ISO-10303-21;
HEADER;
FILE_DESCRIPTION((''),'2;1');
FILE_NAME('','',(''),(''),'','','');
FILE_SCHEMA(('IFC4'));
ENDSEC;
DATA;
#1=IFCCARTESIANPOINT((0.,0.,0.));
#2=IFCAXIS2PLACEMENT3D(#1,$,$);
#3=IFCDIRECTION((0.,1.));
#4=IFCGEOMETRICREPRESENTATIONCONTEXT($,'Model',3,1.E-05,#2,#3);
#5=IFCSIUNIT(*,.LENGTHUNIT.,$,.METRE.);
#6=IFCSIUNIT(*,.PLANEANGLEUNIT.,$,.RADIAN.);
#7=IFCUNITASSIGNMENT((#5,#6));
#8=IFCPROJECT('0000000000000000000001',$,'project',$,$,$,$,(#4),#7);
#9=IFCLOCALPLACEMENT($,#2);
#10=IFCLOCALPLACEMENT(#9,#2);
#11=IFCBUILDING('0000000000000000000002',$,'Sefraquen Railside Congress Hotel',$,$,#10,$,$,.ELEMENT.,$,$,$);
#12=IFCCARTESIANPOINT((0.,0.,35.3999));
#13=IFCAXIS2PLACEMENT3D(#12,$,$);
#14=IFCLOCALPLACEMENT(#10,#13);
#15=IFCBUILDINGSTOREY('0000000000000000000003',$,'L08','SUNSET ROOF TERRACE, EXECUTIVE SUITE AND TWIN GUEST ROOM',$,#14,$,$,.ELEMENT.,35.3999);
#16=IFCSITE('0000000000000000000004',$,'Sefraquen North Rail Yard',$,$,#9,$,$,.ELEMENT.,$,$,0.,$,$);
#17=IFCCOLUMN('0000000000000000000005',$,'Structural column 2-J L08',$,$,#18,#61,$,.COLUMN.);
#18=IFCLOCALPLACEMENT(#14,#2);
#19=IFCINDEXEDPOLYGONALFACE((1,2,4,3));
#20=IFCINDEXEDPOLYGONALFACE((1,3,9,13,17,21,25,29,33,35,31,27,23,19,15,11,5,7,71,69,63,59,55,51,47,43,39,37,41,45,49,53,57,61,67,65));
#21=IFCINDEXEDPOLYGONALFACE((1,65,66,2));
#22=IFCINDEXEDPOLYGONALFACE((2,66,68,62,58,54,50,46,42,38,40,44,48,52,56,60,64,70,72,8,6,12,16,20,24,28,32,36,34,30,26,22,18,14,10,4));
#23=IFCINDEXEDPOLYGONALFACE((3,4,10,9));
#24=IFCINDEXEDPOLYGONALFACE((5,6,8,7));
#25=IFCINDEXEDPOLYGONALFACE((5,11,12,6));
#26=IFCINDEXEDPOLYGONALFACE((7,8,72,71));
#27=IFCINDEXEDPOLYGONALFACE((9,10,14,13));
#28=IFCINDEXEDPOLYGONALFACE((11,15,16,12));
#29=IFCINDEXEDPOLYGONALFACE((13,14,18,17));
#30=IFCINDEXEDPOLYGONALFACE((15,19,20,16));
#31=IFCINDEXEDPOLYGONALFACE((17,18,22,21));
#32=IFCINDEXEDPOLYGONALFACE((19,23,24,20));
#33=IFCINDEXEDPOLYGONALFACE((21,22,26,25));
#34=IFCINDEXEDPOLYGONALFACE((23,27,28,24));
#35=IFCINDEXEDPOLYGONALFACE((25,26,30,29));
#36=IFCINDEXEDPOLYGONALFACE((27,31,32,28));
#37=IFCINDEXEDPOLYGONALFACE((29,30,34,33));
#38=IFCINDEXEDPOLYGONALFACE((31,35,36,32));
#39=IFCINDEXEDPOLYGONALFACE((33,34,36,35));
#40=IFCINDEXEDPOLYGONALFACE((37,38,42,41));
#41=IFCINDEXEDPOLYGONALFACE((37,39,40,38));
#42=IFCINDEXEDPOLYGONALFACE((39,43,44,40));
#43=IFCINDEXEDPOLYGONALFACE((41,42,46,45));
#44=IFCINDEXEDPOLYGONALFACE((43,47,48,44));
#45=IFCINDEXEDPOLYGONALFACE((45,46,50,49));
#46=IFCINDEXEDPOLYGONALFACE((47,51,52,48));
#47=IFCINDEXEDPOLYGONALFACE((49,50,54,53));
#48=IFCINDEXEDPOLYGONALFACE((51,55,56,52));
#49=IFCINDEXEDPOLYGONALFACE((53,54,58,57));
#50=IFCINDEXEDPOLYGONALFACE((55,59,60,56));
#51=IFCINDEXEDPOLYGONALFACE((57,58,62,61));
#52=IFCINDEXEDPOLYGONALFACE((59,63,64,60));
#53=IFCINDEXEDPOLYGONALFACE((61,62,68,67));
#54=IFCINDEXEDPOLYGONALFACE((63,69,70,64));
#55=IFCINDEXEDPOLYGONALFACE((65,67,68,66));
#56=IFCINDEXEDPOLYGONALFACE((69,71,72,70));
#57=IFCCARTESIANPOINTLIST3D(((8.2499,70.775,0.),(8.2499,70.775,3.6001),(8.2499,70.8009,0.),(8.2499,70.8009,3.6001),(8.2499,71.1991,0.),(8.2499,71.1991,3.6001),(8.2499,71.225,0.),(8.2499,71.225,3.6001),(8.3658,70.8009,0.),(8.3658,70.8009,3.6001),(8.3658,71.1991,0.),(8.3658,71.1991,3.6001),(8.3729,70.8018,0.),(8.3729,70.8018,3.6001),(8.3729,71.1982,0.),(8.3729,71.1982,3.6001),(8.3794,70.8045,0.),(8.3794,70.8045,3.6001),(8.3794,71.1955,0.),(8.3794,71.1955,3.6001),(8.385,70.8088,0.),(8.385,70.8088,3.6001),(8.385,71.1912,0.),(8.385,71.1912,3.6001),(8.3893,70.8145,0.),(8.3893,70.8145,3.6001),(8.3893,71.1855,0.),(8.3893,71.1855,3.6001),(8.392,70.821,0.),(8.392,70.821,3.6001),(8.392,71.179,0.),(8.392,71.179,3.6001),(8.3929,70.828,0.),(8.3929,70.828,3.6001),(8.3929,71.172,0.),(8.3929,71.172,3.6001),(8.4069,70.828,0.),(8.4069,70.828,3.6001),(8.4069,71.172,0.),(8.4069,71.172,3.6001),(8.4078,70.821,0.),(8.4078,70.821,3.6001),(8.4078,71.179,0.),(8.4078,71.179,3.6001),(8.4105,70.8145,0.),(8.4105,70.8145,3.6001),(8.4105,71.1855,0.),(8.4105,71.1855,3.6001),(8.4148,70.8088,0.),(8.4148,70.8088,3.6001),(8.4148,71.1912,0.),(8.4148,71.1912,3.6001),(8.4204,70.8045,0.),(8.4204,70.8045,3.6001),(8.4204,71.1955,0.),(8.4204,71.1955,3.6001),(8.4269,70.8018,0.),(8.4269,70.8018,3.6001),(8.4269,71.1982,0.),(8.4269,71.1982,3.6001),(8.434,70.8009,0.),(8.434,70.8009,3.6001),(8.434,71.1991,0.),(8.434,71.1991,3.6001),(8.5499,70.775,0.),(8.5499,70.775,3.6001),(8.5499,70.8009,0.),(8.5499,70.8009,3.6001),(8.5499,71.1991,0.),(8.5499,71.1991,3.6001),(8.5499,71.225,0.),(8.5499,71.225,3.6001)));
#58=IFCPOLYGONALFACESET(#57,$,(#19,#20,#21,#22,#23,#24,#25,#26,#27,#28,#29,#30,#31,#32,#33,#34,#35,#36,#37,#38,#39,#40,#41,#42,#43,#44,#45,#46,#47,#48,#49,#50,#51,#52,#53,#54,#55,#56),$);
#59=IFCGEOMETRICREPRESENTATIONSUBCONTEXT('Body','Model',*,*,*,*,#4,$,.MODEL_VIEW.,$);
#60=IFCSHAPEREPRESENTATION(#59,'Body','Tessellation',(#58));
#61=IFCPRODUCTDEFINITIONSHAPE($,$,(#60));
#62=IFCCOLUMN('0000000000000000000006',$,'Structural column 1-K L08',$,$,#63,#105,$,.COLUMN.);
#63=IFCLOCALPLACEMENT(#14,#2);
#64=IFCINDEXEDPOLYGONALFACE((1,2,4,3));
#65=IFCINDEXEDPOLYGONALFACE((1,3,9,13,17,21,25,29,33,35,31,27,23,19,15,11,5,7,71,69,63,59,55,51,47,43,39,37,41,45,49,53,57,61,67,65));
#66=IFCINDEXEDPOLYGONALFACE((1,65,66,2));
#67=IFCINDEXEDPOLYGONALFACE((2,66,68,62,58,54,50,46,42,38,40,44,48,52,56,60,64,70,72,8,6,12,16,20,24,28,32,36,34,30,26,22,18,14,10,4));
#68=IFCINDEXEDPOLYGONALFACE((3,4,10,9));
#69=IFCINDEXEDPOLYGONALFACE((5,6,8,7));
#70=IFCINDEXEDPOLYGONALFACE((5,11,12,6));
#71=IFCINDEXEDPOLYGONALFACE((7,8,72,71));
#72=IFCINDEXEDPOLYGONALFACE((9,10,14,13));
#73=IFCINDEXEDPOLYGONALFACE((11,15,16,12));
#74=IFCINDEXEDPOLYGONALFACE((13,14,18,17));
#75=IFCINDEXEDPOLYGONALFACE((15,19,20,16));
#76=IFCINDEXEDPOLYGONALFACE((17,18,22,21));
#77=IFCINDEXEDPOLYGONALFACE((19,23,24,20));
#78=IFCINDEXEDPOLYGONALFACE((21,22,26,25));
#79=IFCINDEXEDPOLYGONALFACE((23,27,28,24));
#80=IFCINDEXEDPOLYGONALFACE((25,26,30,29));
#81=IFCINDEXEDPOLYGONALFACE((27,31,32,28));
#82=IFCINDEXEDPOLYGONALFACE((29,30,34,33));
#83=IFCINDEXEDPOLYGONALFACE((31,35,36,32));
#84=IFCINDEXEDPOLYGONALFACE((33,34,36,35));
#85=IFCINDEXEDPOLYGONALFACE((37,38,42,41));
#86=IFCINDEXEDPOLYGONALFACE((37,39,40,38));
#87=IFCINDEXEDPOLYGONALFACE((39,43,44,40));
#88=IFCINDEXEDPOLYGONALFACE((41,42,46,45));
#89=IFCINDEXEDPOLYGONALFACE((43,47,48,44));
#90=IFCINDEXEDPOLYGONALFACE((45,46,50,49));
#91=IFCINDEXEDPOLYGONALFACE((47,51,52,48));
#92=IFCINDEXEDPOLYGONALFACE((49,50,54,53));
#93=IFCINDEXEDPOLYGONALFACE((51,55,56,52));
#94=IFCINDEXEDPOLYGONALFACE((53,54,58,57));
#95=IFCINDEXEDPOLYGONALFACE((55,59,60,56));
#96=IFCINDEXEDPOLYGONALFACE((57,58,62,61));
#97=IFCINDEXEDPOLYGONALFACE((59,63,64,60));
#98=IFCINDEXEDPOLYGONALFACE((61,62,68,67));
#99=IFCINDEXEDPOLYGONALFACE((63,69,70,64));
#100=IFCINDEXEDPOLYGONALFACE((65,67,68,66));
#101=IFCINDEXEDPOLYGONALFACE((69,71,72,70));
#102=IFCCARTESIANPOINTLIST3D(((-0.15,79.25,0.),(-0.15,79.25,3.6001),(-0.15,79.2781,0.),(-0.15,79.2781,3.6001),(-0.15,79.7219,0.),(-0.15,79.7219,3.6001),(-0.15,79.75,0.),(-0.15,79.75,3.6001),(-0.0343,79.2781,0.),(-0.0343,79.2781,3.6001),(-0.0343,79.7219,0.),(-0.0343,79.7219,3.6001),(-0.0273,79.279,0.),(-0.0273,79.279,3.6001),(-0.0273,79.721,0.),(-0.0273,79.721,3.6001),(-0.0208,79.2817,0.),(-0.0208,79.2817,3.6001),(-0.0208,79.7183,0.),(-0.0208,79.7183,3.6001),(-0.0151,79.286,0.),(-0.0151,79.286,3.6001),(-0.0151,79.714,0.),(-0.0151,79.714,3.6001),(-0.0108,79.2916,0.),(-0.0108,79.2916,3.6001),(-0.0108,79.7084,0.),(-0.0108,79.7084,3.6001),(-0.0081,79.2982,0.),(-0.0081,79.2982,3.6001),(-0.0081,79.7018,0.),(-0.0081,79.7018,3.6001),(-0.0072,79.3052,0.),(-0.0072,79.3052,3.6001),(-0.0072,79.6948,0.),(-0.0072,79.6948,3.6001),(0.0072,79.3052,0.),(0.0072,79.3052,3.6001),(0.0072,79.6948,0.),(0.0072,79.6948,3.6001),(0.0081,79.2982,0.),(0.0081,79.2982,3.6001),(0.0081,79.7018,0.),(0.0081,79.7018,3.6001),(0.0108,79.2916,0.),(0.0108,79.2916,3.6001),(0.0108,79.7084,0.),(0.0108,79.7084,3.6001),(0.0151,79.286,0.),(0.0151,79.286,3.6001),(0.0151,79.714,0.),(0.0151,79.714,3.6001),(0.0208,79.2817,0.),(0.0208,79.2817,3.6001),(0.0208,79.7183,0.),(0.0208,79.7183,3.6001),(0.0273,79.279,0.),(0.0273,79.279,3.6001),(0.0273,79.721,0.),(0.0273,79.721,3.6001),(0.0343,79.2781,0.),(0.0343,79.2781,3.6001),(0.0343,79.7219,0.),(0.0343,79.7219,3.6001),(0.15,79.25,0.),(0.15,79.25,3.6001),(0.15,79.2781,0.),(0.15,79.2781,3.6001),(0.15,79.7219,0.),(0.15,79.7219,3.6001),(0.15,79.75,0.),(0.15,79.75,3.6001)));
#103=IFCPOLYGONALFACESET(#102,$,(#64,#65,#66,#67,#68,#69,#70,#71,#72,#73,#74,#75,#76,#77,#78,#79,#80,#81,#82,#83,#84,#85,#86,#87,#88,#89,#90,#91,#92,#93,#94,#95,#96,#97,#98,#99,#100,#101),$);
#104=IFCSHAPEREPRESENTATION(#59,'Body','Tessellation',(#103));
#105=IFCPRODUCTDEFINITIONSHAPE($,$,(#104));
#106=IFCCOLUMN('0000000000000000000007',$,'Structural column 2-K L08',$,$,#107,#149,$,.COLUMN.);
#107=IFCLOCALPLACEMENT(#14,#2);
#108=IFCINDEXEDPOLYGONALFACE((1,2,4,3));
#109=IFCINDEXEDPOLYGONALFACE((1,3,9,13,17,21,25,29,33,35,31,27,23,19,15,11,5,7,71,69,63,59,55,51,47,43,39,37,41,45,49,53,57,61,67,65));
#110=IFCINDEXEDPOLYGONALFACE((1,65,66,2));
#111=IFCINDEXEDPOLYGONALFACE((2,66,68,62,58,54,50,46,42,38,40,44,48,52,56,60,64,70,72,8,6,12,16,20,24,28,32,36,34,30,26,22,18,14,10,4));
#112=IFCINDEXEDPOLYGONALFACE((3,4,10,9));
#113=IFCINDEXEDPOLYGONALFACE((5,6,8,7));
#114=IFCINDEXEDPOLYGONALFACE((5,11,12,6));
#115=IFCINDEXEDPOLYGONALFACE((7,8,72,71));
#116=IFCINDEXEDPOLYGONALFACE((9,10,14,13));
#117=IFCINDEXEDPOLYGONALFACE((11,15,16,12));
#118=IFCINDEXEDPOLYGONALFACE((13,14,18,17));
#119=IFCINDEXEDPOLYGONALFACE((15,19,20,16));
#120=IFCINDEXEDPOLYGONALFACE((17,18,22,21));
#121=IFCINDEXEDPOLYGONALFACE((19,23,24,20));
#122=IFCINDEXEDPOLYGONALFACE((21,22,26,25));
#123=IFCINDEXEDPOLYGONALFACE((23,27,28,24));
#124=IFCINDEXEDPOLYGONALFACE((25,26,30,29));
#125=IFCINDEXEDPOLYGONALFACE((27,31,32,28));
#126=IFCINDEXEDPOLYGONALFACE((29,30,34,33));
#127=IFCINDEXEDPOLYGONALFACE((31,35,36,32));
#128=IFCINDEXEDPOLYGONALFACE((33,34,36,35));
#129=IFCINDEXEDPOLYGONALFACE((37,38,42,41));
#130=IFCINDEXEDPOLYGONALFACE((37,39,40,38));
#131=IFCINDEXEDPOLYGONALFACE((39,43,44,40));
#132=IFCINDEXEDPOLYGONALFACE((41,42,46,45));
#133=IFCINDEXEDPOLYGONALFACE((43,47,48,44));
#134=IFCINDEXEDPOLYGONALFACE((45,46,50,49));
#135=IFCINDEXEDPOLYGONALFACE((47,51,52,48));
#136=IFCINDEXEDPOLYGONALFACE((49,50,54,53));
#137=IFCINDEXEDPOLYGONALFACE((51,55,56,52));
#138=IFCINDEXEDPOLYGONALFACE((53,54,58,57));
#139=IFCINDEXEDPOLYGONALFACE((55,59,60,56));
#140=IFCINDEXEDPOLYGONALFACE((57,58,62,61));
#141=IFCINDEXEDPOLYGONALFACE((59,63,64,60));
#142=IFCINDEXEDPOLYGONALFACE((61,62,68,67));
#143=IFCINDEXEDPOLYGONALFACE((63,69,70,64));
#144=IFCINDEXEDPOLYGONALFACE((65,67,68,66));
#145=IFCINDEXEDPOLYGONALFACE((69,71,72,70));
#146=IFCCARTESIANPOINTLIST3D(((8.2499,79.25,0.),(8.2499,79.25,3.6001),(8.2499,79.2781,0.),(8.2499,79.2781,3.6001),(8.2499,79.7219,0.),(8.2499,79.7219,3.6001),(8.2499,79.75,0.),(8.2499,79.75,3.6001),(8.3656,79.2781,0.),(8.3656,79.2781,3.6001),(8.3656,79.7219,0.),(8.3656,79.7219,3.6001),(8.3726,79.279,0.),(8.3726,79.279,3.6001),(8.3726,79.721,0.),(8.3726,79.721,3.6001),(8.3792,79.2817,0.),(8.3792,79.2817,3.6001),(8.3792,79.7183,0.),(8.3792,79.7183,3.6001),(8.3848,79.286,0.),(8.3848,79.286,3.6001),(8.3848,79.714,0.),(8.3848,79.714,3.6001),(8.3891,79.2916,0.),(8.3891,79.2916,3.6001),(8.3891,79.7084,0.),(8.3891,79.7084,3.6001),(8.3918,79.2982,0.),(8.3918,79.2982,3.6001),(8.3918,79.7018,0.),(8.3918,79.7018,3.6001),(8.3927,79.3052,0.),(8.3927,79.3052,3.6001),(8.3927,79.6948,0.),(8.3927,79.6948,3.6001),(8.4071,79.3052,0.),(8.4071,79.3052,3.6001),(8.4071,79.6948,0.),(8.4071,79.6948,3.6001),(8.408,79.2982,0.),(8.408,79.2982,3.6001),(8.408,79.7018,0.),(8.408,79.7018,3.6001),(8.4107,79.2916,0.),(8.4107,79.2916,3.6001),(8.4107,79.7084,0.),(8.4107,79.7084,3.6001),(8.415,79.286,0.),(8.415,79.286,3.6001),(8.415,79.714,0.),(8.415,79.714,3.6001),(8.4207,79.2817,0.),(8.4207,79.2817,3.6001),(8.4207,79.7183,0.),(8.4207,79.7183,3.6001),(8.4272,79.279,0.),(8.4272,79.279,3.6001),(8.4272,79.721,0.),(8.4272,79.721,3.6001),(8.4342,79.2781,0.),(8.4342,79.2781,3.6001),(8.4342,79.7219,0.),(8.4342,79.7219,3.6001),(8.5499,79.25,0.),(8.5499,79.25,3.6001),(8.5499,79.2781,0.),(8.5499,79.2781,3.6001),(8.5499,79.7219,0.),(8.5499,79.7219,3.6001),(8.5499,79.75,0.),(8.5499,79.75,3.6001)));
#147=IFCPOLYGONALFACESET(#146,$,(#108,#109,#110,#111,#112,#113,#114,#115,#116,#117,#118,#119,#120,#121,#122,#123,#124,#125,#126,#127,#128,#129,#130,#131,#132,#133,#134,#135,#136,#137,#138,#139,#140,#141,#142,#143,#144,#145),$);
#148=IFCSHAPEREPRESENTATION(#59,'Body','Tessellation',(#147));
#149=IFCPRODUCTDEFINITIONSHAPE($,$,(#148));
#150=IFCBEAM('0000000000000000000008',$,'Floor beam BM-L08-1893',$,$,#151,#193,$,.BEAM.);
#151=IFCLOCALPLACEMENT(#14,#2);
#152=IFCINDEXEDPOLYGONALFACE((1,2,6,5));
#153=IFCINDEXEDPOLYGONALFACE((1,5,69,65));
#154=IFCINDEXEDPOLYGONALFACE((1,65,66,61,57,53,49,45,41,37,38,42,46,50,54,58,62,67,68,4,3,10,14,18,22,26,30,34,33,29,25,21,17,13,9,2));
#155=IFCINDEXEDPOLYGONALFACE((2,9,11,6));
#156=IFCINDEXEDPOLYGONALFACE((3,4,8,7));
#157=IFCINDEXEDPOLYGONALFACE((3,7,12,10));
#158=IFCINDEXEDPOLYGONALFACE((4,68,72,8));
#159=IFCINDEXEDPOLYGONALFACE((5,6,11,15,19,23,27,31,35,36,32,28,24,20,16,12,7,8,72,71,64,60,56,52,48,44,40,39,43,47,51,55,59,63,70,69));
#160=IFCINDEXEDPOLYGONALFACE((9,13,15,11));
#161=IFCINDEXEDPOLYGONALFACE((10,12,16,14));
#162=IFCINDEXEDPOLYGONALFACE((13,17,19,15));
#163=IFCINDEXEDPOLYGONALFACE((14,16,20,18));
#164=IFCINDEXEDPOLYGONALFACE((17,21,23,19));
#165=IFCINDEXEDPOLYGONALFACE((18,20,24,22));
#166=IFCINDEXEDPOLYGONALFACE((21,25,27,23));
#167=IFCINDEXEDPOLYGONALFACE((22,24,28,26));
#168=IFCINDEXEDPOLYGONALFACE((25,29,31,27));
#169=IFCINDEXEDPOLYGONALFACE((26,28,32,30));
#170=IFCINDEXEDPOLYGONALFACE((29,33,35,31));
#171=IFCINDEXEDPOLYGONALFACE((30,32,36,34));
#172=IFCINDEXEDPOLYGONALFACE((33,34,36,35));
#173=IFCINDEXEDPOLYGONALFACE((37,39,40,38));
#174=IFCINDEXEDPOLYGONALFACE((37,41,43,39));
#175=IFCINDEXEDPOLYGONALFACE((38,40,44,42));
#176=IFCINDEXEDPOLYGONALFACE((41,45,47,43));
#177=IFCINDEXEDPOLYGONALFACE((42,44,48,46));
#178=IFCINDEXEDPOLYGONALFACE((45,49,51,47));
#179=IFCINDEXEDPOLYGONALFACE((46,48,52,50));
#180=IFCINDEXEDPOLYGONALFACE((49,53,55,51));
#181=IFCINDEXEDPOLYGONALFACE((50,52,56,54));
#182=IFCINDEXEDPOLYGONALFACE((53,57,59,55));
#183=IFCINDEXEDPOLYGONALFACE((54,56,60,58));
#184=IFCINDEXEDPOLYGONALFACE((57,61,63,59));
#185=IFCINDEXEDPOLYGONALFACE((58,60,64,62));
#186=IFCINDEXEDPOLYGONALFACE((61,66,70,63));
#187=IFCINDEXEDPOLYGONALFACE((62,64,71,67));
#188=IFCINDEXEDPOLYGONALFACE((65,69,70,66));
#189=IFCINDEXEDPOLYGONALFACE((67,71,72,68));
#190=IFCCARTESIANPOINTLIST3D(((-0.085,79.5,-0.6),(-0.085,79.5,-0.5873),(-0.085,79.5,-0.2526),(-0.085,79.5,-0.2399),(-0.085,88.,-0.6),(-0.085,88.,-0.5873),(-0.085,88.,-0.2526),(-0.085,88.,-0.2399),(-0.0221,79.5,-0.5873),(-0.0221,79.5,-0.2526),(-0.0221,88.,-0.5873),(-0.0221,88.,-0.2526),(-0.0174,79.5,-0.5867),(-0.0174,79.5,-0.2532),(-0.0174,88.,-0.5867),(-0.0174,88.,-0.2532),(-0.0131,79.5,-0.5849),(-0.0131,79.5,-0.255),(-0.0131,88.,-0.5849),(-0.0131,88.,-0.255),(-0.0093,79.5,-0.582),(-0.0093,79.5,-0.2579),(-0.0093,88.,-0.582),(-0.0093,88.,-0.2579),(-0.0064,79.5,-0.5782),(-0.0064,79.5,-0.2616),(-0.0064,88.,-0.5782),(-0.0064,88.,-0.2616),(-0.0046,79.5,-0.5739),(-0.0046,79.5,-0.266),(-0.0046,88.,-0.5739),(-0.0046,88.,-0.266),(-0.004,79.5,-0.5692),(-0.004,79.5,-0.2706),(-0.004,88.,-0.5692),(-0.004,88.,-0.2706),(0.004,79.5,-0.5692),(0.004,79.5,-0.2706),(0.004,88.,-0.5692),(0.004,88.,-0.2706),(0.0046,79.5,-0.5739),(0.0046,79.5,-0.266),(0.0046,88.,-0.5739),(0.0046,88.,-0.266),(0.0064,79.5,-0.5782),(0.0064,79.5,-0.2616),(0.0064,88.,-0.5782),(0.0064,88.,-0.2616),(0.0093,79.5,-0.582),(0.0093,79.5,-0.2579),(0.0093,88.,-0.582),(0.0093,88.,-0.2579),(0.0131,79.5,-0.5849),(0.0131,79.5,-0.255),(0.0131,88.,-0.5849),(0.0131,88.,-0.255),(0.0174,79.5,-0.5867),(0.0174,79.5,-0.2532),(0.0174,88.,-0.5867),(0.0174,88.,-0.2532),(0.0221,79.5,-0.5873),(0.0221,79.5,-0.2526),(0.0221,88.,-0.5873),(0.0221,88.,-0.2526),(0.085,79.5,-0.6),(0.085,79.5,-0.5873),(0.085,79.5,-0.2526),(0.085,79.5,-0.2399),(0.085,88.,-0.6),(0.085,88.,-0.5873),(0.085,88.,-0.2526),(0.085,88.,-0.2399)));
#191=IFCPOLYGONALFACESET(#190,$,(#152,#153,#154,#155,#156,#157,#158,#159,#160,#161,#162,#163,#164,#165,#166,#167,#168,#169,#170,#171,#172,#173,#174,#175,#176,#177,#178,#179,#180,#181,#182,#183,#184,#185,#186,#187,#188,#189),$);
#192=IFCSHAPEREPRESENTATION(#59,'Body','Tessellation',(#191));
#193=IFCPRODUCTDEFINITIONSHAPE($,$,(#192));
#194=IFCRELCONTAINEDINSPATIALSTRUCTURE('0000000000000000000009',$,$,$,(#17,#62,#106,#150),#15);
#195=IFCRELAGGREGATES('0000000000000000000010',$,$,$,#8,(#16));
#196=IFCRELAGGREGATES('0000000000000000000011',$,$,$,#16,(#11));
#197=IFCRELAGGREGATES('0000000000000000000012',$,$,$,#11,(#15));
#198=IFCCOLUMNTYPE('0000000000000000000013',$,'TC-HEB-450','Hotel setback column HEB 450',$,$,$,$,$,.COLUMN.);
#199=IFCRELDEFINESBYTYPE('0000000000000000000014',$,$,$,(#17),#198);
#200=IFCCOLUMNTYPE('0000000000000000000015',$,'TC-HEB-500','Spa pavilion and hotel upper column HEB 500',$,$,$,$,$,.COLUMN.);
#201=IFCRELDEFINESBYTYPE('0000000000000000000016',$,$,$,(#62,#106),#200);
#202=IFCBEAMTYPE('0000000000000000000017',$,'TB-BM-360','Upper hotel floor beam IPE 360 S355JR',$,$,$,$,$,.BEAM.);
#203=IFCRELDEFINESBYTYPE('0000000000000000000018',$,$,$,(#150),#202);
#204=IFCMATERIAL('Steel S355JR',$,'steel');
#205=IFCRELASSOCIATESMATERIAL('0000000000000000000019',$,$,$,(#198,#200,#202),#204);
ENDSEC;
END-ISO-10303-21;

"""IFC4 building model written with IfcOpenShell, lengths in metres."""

from ifc_helpers import new_model, si_unit, direction, frame, origin, origin_2d, place, context, subcontext, project, spatial, i_section, extrude, material, material_profile, profile_set, type_object, element, save


model = new_model("IFC4")

# Units and contexts
model_context = context("Model", 3, precision=1e-05, world=origin(), true_north=direction((0.0, 1.0)))
body_context = subcontext(model_context, "Body", "Model", "MODEL_VIEW")
ifc_project = project(units=[si_unit("LENGTHUNIT", "METRE"), si_unit("PLANEANGLEUNIT", "RADIAN")], contexts=[model_context])

# Site, building, storey
site_placement = place(None, origin())
site = spatial("IfcSite", under=ifc_project, at=site_placement, Name="Sefraquen North Rail Yard", CompositionType="ELEMENT", RefElevation=0.0)
building_placement = place(site_placement, origin())
building = spatial("IfcBuilding", under=site, at=building_placement, Name="Sefraquen Railside Congress Hotel", CompositionType="ELEMENT")
storey_placement = place(building_placement, frame((0.0, 0.0, 35.3999)))
storey = spatial("IfcBuildingStorey", under=building, at=storey_placement, Name="L08", Description="SUNSET ROOF TERRACE, EXECUTIVE SUITE AND TWIN GUEST ROOM", CompositionType="ELEMENT", Elevation=35.3999)

# Columns
ifc_material_1 = material(Name="Steel S355JR", Category="steel")
ifc_material_profile_1 = material_profile(ifc_material_1, i_section(OverallWidth=0.3, OverallDepth=0.45, WebThickness=0.0139, FlangeThickness=0.0259, FilletRadius=0.0271, at=origin_2d()), Name="HEB 450")
ifc_profile_set_1 = profile_set([ifc_material_profile_1], Name="Steel S355JR")
column_type_1 = type_object("IfcColumnType", Name="TC-HEB-450", Description="Hotel setback column HEB 450", PredefinedType="COLUMN", material=ifc_profile_set_1)
column_placement = place(storey_placement, frame((8.3999, 71.0, 0.0), z_axis=(0.0, 0.0, 1.0), x_axis=(1.0, 0.0, 0.0)))
element("IfcColumn", 1, at=column_placement, inside=storey, type_object=column_type_1, Name="Structural column 2-J L08", PredefinedType="COLUMN", context=body_context, shape_type="SweptSolid", body=[
    extrude(i_section(OverallWidth=0.3, OverallDepth=0.45, WebThickness=0.0139, FlangeThickness=0.0259, FilletRadius=0.0271, at=origin_2d()), origin(), (0.0, 0.0, 1.0), 3.6001),
])
ifc_material_profile_2 = material_profile(ifc_material_1, i_section(OverallWidth=0.3, OverallDepth=0.5, WebThickness=0.0144, FlangeThickness=0.0281, FilletRadius=0.0271, at=origin_2d()), Name="HEB 500")
ifc_profile_set_2 = profile_set([ifc_material_profile_2], Name="Steel S355JR")
column_type_2 = type_object("IfcColumnType", Name="TC-HEB-500", Description="Spa pavilion and hotel upper column HEB 500", PredefinedType="COLUMN", material=ifc_profile_set_2)
for number, where, z_axis, x_axis, name in (
    (2, (0.0, 79.5, 0.0), (0.0, 0.0, 1.0), (1.0, 0.0, 0.0), "Structural column 1-K L08"),
    (3, (8.3999, 79.5, 0.0), (0.0, 0.0, 1.0), (1.0, 0.0, 0.0), "Structural column 2-K L08"),
):
    element("IfcColumn", number, at=place(storey_placement, frame(where, z_axis=z_axis, x_axis=x_axis)), inside=storey, type_object=column_type_2, Name=name, PredefinedType="COLUMN", context=body_context, shape_type="SweptSolid", body=[
        extrude(i_section(OverallWidth=0.3, OverallDepth=0.5, WebThickness=0.0144, FlangeThickness=0.0281, FilletRadius=0.0271, at=origin_2d()), origin(), (0.0, 0.0, 1.0), 3.6001),
    ])

# Beam
ifc_material_profile_3 = material_profile(ifc_material_1, i_section(OverallWidth=0.1699, OverallDepth=0.3601, WebThickness=0.0081, FlangeThickness=0.0127, FilletRadius=0.0181, at=origin_2d()), Name="IPE 360")
ifc_profile_set_3 = profile_set([ifc_material_profile_3], Name="Steel S355JR")
beam_type_1 = type_object("IfcBeamType", Name="TB-BM-360", Description="Upper hotel floor beam IPE 360 S355JR", PredefinedType="BEAM", material=ifc_profile_set_3)
for number, where, z_axis, x_axis, name in (
    (4, (0.0, 79.5, -0.4199), (0.0, 1.0, 0.0), (-1.0, 0.0, 0.0), "Floor beam BM-L08-1893"),
):
    element("IfcBeam", number, at=place(storey_placement, frame(where, z_axis=z_axis, x_axis=x_axis)), inside=storey, type_object=beam_type_1, Name=name, PredefinedType="BEAM", context=body_context, shape_type="SweptSolid", body=[
        extrude(i_section(OverallWidth=0.1699, OverallDepth=0.3601, WebThickness=0.0081, FlangeThickness=0.0127, FilletRadius=0.0181, at=origin_2d()), origin(), (0.0, 0.0, 1.0), 8.5),
    ])

save(model, "model.ifc")
